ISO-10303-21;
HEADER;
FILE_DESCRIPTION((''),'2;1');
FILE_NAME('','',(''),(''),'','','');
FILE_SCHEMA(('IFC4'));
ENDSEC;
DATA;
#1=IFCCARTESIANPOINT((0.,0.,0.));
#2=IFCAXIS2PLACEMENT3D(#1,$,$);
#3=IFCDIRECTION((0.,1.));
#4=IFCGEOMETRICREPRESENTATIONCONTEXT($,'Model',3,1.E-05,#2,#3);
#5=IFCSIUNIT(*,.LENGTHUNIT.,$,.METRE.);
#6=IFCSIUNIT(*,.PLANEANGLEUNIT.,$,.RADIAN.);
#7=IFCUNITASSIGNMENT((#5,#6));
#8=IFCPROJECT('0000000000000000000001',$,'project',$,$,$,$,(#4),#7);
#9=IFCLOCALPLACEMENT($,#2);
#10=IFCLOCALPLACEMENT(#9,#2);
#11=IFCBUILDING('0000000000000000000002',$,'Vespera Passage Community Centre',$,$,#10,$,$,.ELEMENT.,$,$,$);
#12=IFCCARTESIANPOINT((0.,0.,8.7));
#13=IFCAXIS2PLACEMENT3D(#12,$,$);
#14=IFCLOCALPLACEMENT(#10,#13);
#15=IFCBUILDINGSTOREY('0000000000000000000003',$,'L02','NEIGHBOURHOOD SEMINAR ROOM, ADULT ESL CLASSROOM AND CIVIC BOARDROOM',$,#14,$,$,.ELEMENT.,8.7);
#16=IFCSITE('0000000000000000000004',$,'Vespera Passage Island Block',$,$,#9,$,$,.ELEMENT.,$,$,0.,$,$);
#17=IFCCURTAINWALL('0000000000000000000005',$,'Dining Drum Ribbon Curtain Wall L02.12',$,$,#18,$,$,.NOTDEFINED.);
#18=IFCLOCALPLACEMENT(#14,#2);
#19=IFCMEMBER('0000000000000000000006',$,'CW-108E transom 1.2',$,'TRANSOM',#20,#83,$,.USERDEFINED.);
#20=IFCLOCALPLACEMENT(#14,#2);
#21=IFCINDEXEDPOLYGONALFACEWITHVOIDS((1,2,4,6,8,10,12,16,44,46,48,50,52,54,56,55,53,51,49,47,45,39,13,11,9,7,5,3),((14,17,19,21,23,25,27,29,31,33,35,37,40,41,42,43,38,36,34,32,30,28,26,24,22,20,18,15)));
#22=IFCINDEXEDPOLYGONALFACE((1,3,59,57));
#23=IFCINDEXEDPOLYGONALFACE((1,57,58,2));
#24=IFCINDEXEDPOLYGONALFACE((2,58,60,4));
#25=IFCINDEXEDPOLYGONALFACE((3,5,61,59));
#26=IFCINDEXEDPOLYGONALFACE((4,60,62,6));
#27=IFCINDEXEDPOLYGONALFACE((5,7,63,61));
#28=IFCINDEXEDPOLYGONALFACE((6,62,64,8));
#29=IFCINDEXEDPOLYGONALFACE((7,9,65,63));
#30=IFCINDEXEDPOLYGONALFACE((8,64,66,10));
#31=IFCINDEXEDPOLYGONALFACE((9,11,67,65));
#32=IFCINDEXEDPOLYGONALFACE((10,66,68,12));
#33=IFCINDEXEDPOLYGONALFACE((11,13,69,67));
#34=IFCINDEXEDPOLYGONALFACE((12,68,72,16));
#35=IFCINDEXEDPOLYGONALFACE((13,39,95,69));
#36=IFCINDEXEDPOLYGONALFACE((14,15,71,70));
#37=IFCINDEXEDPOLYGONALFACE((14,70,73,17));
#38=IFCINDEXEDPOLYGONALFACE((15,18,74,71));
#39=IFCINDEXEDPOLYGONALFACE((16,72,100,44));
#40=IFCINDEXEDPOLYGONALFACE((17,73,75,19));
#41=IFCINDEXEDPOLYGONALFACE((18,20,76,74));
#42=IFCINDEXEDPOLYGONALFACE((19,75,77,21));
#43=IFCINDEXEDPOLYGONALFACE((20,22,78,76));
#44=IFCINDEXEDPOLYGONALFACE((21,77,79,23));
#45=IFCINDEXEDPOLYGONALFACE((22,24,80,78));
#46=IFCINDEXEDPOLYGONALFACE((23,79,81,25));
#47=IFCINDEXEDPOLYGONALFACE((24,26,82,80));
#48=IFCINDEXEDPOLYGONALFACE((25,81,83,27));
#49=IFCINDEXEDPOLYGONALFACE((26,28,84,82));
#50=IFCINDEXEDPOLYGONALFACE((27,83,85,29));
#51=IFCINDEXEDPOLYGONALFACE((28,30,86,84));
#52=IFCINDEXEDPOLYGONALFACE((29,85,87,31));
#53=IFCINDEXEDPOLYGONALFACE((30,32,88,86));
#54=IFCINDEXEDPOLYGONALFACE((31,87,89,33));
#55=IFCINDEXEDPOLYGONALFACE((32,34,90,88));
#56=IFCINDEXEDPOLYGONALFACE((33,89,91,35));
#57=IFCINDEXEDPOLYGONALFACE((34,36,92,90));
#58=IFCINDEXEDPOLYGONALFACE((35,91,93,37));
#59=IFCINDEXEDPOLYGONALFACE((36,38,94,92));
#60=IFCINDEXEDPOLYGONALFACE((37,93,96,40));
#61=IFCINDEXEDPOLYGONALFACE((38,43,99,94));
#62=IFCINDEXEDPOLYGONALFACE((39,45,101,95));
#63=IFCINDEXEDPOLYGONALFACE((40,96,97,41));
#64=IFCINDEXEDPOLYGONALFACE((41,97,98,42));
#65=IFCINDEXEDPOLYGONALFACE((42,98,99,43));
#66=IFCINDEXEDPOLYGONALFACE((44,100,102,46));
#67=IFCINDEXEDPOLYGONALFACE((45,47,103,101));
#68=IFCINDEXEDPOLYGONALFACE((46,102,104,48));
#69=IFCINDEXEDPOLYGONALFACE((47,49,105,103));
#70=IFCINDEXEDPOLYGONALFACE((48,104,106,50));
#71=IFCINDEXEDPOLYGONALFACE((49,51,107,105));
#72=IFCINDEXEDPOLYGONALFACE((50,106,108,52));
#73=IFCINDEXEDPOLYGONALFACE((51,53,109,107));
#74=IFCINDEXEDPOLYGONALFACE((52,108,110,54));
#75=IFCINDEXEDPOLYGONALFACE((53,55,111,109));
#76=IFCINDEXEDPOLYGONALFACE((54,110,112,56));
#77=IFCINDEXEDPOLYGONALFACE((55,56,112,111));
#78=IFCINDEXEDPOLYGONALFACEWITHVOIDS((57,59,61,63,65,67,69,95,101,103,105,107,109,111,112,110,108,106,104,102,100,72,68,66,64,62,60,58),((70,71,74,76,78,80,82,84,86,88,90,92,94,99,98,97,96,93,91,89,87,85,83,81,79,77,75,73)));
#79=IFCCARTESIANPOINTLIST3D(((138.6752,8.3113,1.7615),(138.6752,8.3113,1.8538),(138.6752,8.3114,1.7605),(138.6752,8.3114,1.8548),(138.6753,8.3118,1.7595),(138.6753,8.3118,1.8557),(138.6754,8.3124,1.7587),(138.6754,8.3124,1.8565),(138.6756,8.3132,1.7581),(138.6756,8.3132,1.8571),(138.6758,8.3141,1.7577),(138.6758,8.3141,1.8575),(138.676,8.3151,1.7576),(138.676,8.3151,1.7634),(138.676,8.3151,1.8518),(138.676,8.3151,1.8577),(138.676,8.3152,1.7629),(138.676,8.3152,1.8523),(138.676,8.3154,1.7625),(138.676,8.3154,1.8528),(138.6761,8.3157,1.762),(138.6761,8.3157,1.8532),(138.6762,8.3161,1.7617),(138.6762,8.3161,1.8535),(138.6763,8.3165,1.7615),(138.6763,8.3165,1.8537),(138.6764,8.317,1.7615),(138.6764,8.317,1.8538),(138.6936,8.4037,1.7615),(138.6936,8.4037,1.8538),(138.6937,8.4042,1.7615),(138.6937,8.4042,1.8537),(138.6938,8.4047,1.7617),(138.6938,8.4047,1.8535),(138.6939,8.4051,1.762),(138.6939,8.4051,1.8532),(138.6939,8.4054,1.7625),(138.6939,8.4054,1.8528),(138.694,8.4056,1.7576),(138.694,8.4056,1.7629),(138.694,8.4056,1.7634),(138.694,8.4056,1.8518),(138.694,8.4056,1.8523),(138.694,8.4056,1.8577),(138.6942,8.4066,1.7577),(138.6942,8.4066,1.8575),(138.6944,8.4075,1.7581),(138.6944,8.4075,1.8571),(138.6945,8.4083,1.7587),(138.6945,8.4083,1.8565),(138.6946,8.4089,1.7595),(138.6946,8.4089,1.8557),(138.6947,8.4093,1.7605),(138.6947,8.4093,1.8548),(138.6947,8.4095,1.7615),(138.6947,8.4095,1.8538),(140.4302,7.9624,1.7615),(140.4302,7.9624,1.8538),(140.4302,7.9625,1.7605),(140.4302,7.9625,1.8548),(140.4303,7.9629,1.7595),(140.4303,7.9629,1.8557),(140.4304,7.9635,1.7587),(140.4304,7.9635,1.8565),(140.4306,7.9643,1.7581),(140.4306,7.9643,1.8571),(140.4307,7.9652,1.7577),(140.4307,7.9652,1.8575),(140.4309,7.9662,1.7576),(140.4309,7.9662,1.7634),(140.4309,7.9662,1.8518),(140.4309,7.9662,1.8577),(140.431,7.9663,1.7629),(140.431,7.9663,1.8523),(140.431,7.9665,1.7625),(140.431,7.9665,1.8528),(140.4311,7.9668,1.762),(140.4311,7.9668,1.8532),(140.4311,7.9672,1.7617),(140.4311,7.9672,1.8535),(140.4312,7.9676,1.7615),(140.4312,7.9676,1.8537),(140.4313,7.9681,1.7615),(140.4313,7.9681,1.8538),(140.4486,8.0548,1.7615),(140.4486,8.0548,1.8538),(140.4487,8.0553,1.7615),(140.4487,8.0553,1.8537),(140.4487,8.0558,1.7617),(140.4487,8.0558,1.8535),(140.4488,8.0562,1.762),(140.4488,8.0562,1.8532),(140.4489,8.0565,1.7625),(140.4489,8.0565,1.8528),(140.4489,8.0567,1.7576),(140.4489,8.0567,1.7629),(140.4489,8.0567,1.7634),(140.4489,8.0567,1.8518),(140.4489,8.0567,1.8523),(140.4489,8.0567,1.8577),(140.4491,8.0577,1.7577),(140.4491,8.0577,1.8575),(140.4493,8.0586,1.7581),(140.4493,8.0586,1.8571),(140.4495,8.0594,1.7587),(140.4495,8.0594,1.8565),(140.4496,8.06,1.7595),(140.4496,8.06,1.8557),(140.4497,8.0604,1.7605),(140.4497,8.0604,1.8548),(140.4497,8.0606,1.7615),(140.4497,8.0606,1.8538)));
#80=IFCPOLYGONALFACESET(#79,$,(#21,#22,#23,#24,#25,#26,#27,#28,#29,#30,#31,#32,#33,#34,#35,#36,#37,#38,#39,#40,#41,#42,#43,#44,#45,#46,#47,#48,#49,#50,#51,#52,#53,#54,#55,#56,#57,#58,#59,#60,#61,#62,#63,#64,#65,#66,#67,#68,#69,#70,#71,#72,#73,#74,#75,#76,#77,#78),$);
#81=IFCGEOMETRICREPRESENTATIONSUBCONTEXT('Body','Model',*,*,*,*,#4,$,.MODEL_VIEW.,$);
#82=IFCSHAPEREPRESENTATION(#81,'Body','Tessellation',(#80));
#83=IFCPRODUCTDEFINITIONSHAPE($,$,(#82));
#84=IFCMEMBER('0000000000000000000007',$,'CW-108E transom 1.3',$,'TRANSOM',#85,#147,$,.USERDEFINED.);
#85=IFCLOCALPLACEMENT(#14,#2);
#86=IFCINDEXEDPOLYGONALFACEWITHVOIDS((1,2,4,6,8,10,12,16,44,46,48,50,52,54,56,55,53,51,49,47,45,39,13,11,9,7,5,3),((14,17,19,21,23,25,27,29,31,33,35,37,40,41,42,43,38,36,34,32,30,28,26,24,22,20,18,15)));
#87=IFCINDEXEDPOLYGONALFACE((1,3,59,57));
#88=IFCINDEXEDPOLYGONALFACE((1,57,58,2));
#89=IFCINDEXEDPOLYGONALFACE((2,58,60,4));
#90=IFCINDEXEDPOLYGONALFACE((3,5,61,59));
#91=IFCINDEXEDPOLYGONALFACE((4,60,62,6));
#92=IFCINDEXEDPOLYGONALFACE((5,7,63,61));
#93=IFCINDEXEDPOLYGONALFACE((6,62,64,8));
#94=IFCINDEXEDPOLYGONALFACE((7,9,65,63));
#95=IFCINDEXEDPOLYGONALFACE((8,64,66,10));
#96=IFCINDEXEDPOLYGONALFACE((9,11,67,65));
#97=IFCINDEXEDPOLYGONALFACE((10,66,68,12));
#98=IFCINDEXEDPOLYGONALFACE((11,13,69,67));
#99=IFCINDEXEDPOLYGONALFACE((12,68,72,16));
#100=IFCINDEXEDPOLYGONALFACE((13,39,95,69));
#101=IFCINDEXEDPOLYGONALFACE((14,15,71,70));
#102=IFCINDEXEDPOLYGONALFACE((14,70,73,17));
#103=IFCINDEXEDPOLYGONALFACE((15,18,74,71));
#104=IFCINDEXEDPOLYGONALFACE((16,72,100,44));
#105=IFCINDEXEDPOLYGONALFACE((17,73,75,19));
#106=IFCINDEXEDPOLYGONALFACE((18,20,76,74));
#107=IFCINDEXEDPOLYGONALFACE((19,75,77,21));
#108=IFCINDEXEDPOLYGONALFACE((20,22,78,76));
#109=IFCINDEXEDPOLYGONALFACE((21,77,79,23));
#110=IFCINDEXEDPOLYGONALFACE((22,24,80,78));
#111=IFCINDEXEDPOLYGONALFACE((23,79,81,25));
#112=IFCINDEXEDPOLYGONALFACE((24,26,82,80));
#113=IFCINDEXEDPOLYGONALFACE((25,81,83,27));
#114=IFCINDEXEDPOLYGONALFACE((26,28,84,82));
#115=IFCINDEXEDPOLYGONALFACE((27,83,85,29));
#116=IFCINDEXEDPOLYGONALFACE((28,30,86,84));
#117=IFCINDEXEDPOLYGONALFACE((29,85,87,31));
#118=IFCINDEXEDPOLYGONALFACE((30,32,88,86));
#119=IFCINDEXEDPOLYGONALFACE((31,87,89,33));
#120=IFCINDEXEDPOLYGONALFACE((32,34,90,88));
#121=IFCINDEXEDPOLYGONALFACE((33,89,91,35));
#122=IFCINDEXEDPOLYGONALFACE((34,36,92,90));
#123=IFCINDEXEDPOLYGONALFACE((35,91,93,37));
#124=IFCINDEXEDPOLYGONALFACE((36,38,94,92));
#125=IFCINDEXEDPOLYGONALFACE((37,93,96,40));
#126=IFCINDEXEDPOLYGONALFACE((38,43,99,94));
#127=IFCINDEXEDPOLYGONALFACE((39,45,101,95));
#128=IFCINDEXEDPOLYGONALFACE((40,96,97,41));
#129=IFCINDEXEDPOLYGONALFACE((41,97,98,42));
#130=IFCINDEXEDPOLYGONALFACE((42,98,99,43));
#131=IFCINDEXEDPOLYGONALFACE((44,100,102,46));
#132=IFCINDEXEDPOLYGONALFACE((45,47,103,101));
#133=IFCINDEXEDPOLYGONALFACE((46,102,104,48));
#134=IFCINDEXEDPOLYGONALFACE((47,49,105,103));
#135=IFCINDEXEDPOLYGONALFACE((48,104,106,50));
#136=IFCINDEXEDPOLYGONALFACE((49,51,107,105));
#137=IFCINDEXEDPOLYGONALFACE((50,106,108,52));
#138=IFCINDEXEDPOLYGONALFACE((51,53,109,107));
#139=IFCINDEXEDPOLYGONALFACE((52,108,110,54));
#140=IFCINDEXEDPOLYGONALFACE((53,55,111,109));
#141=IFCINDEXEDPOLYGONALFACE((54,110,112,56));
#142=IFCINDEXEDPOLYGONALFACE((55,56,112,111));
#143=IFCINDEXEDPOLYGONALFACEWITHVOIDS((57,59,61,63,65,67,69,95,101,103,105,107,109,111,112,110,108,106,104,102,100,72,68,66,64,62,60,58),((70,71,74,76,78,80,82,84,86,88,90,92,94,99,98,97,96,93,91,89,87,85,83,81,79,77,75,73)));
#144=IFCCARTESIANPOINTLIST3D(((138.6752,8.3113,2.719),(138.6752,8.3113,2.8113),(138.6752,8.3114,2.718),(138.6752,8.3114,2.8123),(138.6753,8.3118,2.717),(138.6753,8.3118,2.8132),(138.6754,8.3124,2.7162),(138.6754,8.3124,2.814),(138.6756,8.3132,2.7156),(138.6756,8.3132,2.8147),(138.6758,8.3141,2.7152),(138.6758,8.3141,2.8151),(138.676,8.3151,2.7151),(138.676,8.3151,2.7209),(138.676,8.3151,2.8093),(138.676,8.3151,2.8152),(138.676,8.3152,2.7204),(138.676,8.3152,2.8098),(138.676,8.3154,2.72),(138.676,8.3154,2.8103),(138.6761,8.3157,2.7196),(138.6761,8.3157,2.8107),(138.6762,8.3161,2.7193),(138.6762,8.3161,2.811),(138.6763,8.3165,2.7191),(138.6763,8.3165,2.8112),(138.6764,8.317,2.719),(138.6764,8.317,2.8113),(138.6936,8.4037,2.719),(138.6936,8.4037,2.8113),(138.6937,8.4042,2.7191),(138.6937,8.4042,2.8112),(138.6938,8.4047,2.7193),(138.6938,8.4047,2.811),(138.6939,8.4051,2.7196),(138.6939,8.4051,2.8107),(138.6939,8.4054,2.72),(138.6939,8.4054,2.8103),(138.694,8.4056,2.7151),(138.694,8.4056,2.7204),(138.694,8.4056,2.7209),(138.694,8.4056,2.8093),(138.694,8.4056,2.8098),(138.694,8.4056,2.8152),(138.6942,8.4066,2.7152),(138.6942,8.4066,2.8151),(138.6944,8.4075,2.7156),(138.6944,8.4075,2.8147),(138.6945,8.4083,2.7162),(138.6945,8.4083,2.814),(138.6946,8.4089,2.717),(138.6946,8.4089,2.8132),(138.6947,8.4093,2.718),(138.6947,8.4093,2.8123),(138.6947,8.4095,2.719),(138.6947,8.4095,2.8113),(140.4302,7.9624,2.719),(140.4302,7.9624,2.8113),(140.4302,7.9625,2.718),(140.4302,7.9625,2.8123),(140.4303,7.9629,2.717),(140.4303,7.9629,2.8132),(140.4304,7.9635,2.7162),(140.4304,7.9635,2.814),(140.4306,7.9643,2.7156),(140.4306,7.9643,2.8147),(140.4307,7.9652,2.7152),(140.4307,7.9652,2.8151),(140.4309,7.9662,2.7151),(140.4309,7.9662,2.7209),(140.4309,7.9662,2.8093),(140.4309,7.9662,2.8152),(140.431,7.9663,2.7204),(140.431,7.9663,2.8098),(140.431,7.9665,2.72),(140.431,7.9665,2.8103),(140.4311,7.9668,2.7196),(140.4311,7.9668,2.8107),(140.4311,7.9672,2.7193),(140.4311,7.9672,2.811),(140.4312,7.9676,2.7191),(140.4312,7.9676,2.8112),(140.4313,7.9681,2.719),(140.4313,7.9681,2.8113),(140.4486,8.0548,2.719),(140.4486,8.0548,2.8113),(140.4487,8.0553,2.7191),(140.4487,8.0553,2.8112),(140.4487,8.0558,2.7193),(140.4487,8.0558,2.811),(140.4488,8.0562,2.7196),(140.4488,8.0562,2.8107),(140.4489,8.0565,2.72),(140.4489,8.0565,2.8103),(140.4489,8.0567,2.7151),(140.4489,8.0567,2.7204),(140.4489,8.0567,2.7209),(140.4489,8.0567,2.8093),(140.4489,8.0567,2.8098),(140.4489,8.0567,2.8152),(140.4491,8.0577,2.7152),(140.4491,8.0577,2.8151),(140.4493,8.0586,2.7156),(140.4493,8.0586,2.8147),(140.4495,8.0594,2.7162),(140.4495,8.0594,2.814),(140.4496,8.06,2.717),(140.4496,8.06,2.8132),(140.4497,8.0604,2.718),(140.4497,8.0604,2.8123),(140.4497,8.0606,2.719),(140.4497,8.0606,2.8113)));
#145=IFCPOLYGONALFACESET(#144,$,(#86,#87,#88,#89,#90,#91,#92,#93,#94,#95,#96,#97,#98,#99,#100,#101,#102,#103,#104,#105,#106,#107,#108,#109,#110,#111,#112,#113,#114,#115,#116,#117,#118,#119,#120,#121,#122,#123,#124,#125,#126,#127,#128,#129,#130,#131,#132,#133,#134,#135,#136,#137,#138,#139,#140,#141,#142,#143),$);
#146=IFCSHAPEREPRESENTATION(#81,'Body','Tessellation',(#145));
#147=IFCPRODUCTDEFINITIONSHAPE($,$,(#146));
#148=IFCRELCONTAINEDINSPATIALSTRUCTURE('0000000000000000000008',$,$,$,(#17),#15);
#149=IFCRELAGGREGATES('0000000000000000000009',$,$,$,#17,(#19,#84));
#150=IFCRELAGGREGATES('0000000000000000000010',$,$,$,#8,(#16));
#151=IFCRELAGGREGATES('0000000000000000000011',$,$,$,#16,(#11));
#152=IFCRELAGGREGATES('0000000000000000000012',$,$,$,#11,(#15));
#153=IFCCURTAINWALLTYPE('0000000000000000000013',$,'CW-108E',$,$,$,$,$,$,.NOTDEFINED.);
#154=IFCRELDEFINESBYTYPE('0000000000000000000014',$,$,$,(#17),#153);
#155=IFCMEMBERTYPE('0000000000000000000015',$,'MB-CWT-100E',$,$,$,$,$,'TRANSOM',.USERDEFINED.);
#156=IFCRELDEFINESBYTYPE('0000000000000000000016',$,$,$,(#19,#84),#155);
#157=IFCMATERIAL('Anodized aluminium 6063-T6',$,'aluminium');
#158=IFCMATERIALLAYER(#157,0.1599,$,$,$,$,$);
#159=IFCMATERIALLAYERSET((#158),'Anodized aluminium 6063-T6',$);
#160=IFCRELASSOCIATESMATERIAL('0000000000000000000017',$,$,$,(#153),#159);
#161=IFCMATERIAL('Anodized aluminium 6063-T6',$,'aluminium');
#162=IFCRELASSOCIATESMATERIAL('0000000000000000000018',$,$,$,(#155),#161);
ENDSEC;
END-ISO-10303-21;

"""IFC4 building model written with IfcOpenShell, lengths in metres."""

from ifc_helpers import new_model, si_unit, direction, frame, origin, origin_2d, place, context, subcontext, project, spatial, hollow_rectangle, extrude, material, layer, layer_set, material_profile, profile_set, type_object, element, aggregate, save


model = new_model("IFC4")

# Units and contexts
model_context = context("Model", 3, precision=1e-05, world=origin(), true_north=direction((0.0, 1.0)))
body_context = subcontext(model_context, "Body", "Model", "MODEL_VIEW")
ifc_project = project(units=[si_unit("LENGTHUNIT", "METRE"), si_unit("PLANEANGLEUNIT", "RADIAN")], contexts=[model_context])

# Site, building, storey
site_placement = place(None, origin())
site = spatial("IfcSite", under=ifc_project, at=site_placement, Name="Vespera Passage Island Block", CompositionType="ELEMENT", RefElevation=0.0)
building_placement = place(site_placement, origin())
building = spatial("IfcBuilding", under=site, at=building_placement, Name="Vespera Passage Community Centre", CompositionType="ELEMENT")
storey_placement = place(building_placement, frame((0.0, 0.0, 8.7)))
storey = spatial("IfcBuildingStorey", under=building, at=storey_placement, Name="L02", Description="NEIGHBOURHOOD SEMINAR ROOM, ADULT ESL CLASSROOM AND CIVIC BOARDROOM", CompositionType="ELEMENT", Elevation=8.7)

# Curtain wall
ifc_material_1 = material(Name="Anodized aluminium 6063-T6", Category="aluminium")
ifc_layer_1 = layer(ifc_material_1, 0.1599)
ifc_layer_set_1 = layer_set([ifc_layer_1], Name="Anodized aluminium 6063-T6")
curtain_wall_type_1 = type_object("IfcCurtainWallType", Name="CW-108E", PredefinedType="NOTDEFINED", material=ifc_layer_set_1)
curtain_wall_1_placement = place(storey_placement, origin())
curtain_wall_1 = element("IfcCurtainWall", 1, at=curtain_wall_1_placement, inside=storey, type_object=curtain_wall_type_1, Name="Dining Drum Ribbon Curtain Wall L02.12", PredefinedType="NOTDEFINED")

# Members
ifc_material_2 = material(Name="Anodized aluminium 6063-T6", Category="aluminium")
ifc_material_profile_1 = material_profile(ifc_material_2, hollow_rectangle(XDim=0.1001, YDim=0.1001, WallThickness=0.0039, InnerFilletRadius=0.002, OuterFilletRadius=0.0039, at=origin_2d()), Name="ALU100X100X4")
ifc_profile_set_1 = profile_set([ifc_material_profile_1], Name="Anodized aluminium 6063-T6")
member_type_1 = type_object("IfcMemberType", Name="MB-CWT-100E", ElementType="TRANSOM", PredefinedType="USERDEFINED", material=ifc_profile_set_1)
member_1_placement = place(storey_placement, frame((140.4399, 8.0115, 1.8076), z_axis=(-0.980806, 0.194988, 0.0), x_axis=(-0.194988, -0.980806, 0.0)))
member_1 = element("IfcMember", 2, at=member_1_placement, type_object=member_type_1, Name="CW-108E transom 1.2", ObjectType="TRANSOM", PredefinedType="USERDEFINED", context=body_context, shape_type="SweptSolid", body=[
    extrude(hollow_rectangle(XDim=0.1001, YDim=0.1001, WallThickness=0.0039, InnerFilletRadius=0.002, OuterFilletRadius=0.0039, at=origin_2d()), origin(), (0.0, 0.0, 1.0), 1.7893),
])
member_2_placement = place(storey_placement, frame((140.4399, 8.0115, 2.7651), z_axis=(-0.980806, 0.194988, 0.0), x_axis=(-0.194988, -0.980806, 0.0)))
member_2 = element("IfcMember", 3, at=member_2_placement, type_object=member_type_1, Name="CW-108E transom 1.3", ObjectType="TRANSOM", PredefinedType="USERDEFINED", context=body_context, shape_type="SweptSolid", body=[
    extrude(hollow_rectangle(XDim=0.1001, YDim=0.1001, WallThickness=0.0039, InnerFilletRadius=0.002, OuterFilletRadius=0.0039, at=origin_2d()), origin(), (0.0, 0.0, 1.0), 1.7893),
])

aggregate(curtain_wall_1, [member_1, member_2])

save(model, "model.ifc")
